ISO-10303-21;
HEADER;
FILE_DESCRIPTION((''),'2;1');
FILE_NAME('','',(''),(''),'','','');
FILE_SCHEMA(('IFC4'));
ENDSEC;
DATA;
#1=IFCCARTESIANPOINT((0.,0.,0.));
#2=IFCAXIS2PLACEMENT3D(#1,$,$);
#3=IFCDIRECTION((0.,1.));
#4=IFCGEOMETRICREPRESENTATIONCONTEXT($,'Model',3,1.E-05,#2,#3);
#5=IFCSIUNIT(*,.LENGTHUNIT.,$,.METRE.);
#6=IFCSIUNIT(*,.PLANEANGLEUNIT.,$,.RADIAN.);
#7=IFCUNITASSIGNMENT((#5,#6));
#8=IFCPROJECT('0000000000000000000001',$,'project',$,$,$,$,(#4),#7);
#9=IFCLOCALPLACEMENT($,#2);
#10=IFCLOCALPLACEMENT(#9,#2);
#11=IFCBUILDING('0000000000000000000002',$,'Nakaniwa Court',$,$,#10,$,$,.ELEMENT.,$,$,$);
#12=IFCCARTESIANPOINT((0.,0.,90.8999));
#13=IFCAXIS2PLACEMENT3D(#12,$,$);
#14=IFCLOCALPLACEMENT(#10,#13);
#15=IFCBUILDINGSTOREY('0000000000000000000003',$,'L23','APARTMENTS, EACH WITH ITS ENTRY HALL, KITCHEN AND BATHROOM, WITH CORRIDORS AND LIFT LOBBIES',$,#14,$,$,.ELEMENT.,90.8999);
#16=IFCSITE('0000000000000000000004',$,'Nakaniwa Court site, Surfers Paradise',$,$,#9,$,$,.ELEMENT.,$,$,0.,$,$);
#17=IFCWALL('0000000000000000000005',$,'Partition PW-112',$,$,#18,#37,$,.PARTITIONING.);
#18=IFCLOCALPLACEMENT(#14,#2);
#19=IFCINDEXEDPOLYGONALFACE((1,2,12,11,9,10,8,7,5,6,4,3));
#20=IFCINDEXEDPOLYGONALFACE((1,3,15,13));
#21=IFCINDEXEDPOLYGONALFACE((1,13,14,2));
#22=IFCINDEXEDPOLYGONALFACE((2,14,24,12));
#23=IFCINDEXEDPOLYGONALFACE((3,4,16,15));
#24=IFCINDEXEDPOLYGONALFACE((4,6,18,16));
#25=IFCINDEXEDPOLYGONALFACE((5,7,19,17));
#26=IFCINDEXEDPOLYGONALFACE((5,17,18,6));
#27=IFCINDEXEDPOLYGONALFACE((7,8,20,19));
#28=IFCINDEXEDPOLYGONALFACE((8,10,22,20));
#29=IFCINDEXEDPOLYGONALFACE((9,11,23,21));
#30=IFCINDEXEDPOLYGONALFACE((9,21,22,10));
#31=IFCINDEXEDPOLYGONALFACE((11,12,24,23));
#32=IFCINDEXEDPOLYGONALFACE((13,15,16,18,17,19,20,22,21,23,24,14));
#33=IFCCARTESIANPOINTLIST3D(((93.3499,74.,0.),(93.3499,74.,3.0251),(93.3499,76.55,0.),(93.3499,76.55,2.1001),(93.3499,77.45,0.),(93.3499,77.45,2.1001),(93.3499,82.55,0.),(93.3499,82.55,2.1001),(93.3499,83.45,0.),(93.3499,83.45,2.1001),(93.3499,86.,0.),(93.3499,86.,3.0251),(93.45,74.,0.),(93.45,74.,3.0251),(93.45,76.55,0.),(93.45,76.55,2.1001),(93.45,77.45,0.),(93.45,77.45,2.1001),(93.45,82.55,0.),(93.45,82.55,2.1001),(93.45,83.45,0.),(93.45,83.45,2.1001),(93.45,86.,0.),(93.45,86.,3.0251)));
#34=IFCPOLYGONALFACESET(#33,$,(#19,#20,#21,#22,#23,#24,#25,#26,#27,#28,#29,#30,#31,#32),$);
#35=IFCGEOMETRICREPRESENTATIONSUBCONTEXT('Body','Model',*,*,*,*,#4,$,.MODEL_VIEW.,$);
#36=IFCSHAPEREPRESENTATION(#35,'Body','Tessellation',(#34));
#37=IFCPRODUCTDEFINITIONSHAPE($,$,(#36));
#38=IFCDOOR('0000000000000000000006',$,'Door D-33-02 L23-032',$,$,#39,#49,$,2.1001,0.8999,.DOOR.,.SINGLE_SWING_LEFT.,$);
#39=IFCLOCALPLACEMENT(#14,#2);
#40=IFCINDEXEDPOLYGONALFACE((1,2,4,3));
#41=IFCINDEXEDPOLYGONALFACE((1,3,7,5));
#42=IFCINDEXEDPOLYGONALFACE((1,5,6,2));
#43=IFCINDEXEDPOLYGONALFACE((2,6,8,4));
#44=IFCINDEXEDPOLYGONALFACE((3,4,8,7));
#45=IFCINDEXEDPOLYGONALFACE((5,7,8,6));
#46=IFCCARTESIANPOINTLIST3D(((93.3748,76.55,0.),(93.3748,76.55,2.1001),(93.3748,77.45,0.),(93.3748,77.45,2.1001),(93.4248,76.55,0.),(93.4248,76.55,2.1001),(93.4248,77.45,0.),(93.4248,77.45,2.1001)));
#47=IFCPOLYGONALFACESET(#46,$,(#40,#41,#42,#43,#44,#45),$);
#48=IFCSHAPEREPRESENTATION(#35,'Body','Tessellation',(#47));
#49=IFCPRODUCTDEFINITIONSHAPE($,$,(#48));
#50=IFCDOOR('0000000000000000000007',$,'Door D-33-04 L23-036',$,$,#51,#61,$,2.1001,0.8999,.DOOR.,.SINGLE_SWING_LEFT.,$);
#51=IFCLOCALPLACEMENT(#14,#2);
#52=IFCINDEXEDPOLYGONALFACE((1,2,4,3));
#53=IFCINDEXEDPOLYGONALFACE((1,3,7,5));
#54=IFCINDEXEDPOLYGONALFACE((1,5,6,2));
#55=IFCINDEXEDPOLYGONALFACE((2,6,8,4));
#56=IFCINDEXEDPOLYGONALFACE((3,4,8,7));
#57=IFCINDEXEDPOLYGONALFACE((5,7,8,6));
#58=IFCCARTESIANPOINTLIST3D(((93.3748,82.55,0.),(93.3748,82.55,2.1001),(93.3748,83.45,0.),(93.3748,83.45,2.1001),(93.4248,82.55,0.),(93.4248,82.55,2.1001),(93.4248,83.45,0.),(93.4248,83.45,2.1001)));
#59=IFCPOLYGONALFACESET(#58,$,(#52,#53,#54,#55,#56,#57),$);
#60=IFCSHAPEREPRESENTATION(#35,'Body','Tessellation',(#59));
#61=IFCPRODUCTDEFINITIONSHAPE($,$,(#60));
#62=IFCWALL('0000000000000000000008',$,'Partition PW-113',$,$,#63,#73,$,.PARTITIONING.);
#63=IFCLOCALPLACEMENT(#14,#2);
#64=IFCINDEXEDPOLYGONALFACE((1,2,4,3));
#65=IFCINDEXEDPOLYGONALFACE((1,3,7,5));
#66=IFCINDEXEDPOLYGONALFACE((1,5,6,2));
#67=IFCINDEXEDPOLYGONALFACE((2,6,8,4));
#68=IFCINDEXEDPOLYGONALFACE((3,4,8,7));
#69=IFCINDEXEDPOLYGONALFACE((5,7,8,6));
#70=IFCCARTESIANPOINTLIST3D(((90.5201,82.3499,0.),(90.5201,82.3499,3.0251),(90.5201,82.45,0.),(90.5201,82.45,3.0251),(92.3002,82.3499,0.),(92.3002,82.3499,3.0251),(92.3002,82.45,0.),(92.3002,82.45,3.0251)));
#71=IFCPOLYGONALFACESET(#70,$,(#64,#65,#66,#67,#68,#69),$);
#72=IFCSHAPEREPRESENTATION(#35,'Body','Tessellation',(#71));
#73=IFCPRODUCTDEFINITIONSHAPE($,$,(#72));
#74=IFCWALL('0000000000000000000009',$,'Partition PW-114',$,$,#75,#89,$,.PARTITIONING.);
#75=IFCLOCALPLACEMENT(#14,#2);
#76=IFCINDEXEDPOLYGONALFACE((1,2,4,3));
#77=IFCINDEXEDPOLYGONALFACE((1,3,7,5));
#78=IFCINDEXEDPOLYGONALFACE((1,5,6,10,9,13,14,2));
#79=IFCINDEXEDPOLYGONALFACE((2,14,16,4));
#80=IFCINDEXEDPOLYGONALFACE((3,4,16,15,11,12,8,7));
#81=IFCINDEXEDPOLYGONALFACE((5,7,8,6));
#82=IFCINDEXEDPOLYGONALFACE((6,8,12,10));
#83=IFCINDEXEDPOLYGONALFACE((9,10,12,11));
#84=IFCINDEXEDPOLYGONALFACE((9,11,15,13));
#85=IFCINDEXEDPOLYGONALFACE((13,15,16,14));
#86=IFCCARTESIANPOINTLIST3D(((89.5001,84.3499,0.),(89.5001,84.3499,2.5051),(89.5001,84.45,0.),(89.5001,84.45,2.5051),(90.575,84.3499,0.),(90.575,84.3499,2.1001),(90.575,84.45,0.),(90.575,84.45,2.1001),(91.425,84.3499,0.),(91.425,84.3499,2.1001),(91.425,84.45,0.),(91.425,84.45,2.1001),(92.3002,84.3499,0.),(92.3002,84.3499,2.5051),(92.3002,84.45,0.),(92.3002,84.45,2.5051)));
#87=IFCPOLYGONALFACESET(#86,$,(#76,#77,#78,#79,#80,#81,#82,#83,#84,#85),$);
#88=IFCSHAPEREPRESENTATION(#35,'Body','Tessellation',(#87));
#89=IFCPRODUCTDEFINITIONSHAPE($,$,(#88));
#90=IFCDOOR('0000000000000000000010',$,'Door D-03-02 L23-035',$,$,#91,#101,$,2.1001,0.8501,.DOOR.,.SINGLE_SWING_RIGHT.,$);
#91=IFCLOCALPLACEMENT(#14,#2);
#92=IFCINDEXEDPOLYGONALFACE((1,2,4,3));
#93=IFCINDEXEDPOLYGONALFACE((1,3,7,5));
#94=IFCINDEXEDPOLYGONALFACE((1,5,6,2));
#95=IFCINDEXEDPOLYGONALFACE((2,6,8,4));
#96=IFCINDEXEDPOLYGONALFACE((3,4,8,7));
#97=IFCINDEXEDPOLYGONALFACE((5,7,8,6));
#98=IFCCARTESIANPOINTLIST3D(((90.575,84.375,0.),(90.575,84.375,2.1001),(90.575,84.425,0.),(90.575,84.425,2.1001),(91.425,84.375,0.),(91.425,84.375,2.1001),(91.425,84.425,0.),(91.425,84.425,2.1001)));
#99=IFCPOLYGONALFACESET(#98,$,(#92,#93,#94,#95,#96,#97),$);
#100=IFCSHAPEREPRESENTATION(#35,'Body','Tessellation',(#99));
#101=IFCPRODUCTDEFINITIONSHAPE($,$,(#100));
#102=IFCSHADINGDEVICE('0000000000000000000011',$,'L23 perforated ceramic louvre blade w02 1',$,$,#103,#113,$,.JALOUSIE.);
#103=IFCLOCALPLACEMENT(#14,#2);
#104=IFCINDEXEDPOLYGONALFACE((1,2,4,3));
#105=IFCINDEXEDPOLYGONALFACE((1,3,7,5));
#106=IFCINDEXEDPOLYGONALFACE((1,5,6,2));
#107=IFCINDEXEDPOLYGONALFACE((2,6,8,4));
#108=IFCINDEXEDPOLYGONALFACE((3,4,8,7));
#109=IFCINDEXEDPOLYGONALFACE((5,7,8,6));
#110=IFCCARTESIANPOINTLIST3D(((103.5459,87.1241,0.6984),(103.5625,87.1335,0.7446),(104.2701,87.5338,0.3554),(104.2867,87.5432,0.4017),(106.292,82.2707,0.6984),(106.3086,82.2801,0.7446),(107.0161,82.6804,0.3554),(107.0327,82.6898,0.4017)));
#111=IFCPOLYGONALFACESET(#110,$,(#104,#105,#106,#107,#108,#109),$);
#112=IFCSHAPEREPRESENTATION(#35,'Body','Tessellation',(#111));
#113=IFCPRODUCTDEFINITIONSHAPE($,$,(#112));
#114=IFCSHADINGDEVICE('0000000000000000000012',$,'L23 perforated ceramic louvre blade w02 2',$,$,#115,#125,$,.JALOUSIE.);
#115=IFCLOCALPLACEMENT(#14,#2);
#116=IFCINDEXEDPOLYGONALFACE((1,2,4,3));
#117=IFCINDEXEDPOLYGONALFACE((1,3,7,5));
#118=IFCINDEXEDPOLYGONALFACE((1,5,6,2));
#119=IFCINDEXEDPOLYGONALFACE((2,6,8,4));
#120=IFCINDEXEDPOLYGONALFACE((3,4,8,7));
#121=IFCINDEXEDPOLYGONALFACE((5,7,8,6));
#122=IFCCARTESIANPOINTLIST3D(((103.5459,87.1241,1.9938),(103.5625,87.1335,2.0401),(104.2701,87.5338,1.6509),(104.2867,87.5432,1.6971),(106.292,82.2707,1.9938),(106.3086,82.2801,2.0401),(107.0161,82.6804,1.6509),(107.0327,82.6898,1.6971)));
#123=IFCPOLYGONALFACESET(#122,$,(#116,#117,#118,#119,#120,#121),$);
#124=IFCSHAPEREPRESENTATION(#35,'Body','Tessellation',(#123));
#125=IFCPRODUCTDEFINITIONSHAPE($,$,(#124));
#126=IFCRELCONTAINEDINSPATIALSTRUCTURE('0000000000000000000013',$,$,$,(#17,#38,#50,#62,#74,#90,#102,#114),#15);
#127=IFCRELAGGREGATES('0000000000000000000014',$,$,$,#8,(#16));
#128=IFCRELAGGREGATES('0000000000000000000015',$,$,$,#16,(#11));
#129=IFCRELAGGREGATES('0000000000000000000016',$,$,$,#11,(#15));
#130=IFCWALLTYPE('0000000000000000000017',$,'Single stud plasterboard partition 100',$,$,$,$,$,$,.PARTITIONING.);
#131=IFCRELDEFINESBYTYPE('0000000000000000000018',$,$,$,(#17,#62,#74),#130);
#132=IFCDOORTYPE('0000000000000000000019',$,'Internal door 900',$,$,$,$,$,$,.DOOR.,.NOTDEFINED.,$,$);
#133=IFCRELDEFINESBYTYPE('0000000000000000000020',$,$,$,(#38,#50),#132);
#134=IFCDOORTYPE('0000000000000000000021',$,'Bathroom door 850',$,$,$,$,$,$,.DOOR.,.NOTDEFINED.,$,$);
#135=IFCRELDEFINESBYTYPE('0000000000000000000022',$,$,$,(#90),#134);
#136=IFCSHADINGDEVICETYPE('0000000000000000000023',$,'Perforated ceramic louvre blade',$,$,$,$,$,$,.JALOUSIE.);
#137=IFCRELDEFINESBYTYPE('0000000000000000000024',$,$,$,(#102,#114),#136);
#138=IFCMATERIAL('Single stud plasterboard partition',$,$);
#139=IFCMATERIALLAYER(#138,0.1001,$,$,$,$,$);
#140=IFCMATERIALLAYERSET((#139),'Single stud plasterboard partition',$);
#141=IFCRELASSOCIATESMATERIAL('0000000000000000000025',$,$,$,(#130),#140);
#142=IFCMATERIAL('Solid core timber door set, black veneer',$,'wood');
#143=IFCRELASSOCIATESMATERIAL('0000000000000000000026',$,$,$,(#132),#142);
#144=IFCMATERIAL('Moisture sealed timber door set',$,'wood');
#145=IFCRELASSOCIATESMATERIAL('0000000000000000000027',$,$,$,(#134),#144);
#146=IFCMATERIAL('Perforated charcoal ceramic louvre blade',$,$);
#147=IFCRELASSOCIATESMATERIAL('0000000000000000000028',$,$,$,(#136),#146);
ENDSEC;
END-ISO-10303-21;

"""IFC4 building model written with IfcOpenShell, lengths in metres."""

from ifc_helpers import new_model, si_unit, direction, frame, frame_2d, origin, origin_2d, place, context, subcontext, project, spatial, rectangle, extrude, material, layer, layer_set, material_profile, profile_set, type_object, element, fill, save


model = new_model("IFC4")

# Units and contexts
model_context = context("Model", 3, precision=1e-05, world=origin(), true_north=direction((0.0, 1.0)))
body_context = subcontext(model_context, "Body", "Model", "MODEL_VIEW")
ifc_project = project(units=[si_unit("LENGTHUNIT", "METRE"), si_unit("PLANEANGLEUNIT", "RADIAN")], contexts=[model_context])

# Site, building, storey
site_placement = place(None, origin())
site = spatial("IfcSite", under=ifc_project, at=site_placement, Name="Nakaniwa Court site, Surfers Paradise", CompositionType="ELEMENT", RefElevation=0.0)
building_placement = place(site_placement, origin())
building = spatial("IfcBuilding", under=site, at=building_placement, Name="Nakaniwa Court", CompositionType="ELEMENT")
storey_placement = place(building_placement, frame((0.0, 0.0, 90.8999)))
storey = spatial("IfcBuildingStorey", under=building, at=storey_placement, Name="L23", Description="APARTMENTS, EACH WITH ITS ENTRY HALL, KITCHEN AND BATHROOM, WITH CORRIDORS AND LIFT LOBBIES", CompositionType="ELEMENT", Elevation=90.8999)

# Wall, openings, doors
ifc_material_1 = material(Name="Single stud plasterboard partition")
ifc_layer_1 = layer(ifc_material_1, 0.1001)
ifc_layer_set_1 = layer_set([ifc_layer_1], Name="Single stud plasterboard partition")
wall_type_1 = type_object("IfcWallType", Name="Single stud plasterboard partition 100", PredefinedType="PARTITIONING", material=ifc_layer_set_1)
wall_1_placement = place(storey_placement, frame((93.3999, 86.0, 0.0), z_axis=(0.0, 0.0, 1.0), x_axis=(0.0, -1.0, 0.0)))
wall_1 = element("IfcWall", 1, at=wall_1_placement, inside=storey, type_object=wall_type_1, Name="Partition PW-112", PredefinedType="PARTITIONING", context=body_context, shape_type="SweptSolid", body=[
    extrude(rectangle(XDim=12.0, YDim=0.1001, at=frame_2d((6.0, 0.0))), origin(), (0.0, 0.0, 1.0), 3.0251),
])
opening_1_placement = place(wall_1_placement, frame((8.55, 0.0, 0.0)))
opening_1 = element("IfcOpeningElement", 2, at=opening_1_placement, cuts=wall_1, PredefinedType="OPENING", context=body_context, shape_type="SweptSolid", body=[
    extrude(rectangle(XDim=0.8999, YDim=2.1001, at=frame_2d((0.45, 1.05))), frame((0.0, 0.0601, 0.0), z_axis=(0.0, -1.0, 0.0), x_axis=(1.0, 0.0, 0.0)), (0.0, 0.0, 1.0), 0.1201),
])
opening_2_placement = place(wall_1_placement, frame((2.55, 0.0, 0.0)))
opening_2 = element("IfcOpeningElement", 3, at=opening_2_placement, cuts=wall_1, PredefinedType="OPENING", context=body_context, shape_type="SweptSolid", body=[
    extrude(rectangle(XDim=0.8999, YDim=2.1001, at=frame_2d((0.45, 1.05))), frame((0.0, 0.0601, 0.0), z_axis=(0.0, -1.0, 0.0), x_axis=(1.0, 0.0, 0.0)), (0.0, 0.0, 1.0), 0.1201),
])
ifc_material_2 = material(Name="Solid core timber door set, black veneer", Category="wood")
door_type_1 = type_object("IfcDoorType", Name="Internal door 900", OperationType="NOTDEFINED", PredefinedType="DOOR", material=ifc_material_2)
door_1_placement = place(opening_1_placement, origin())
door_1 = element("IfcDoor", 4, at=door_1_placement, inside=storey, type_object=door_type_1, Name="Door D-33-02 L23-032", OperationType="SINGLE_SWING_LEFT", OverallHeight=2.1001, OverallWidth=0.8999, PredefinedType="DOOR", context=body_context, shape_type="SweptSolid", body=[
    extrude(rectangle(XDim=0.8999, YDim=2.1001, at=frame_2d((0.45, 1.05))), frame((0.0, 0.0249, 0.0), z_axis=(0.0, -1.0, 0.0), x_axis=(1.0, 0.0, 0.0)), (0.0, 0.0, 1.0), 0.05),
])
fill(opening_1, door_1)
door_2_placement = place(opening_2_placement, origin())
door_2 = element("IfcDoor", 5, at=door_2_placement, inside=storey, type_object=door_type_1, Name="Door D-33-04 L23-036", OperationType="SINGLE_SWING_LEFT", OverallHeight=2.1001, OverallWidth=0.8999, PredefinedType="DOOR", context=body_context, shape_type="SweptSolid", body=[
    extrude(rectangle(XDim=0.8999, YDim=2.1001, at=frame_2d((0.45, 1.05))), frame((0.0, 0.0249, 0.0), z_axis=(0.0, -1.0, 0.0), x_axis=(1.0, 0.0, 0.0)), (0.0, 0.0, 1.0), 0.05),
])
fill(opening_2, door_2)

# Wall
wall_2_placement = place(storey_placement, frame((90.52, 82.3999, 0.0), z_axis=(0.0, 0.0, 1.0), x_axis=(1.0, 0.0, 0.0)))
element("IfcWall", 6, at=wall_2_placement, inside=storey, type_object=wall_type_1, Name="Partition PW-113", PredefinedType="PARTITIONING", context=body_context, shape_type="SweptSolid", body=[
    extrude(rectangle(XDim=1.78, YDim=0.1001, at=frame_2d((0.8901, 0.0))), origin(), (0.0, 0.0, 1.0), 3.0251),
])

# Wall, opening, door
wall_3_placement = place(storey_placement, frame((92.3, 84.3999, 0.0), z_axis=(0.0, 0.0, 1.0), x_axis=(-1.0, 0.0, 0.0)))
wall_3 = element("IfcWall", 7, at=wall_3_placement, inside=storey, type_object=wall_type_1, Name="Partition PW-114", PredefinedType="PARTITIONING", context=body_context, shape_type="SweptSolid", body=[
    extrude(rectangle(XDim=2.8, YDim=0.1001, at=frame_2d((1.3999, 0.0))), origin(), (0.0, 0.0, 1.0), 2.5051),
])
opening_3_placement = place(wall_3_placement, frame((0.875, 0.0, 0.0)))
opening_3 = element("IfcOpeningElement", 8, at=opening_3_placement, cuts=wall_3, PredefinedType="OPENING", context=body_context, shape_type="SweptSolid", body=[
    extrude(rectangle(XDim=0.8501, YDim=2.1001, at=frame_2d((0.425, 1.05))), frame((0.0, 0.0601, 0.0), z_axis=(0.0, -1.0, 0.0), x_axis=(1.0, 0.0, 0.0)), (0.0, 0.0, 1.0), 0.1201),
])
ifc_material_3 = material(Name="Moisture sealed timber door set", Category="wood")
door_type_2 = type_object("IfcDoorType", Name="Bathroom door 850", OperationType="NOTDEFINED", PredefinedType="DOOR", material=ifc_material_3)
door_3_placement = place(opening_3_placement, origin())
door_3 = element("IfcDoor", 9, at=door_3_placement, inside=storey, type_object=door_type_2, Name="Door D-03-02 L23-035", OperationType="SINGLE_SWING_RIGHT", OverallHeight=2.1001, OverallWidth=0.8501, PredefinedType="DOOR", context=body_context, shape_type="SweptSolid", body=[
    extrude(rectangle(XDim=0.8501, YDim=2.1001, at=frame_2d((0.425, 1.05))), frame((0.0, 0.0249, 0.0), z_axis=(0.0, -1.0, 0.0), x_axis=(1.0, 0.0, 0.0)), (0.0, 0.0, 1.0), 0.05),
])
fill(opening_3, door_3)

# Shading devices
ifc_material_4 = material(Name="Perforated charcoal ceramic louvre blade")
ifc_material_profile_1 = material_profile(ifc_material_4, rectangle(XDim=0.8999, YDim=0.05, at=origin_2d()), Name="Perforated ceramic louvre blade")
ifc_profile_set_1 = profile_set([ifc_material_profile_1], Name="Perforated charcoal ceramic louvre blade")
shading_device_type = type_object("IfcShadingDeviceType", Name="Perforated ceramic louvre blade", PredefinedType="JALOUSIE", material=ifc_profile_set_1)
for number, where, z_axis, x_axis, name in (
    (10, (106.6624, 82.4802, 0.55), (-0.492438, 0.870347, 0.0), (-0.804676, -0.455282, 0.38107), "L23 perforated ceramic louvre blade w02 1"),
    (11, (106.6624, 82.4802, 1.8455), (-0.492438, 0.870347, 0.0), (-0.804676, -0.455282, 0.38107), "L23 perforated ceramic louvre blade w02 2"),
):
    element("IfcShadingDevice", number, at=place(storey_placement, frame(where, z_axis=z_axis, x_axis=x_axis)), inside=storey, type_object=shading_device_type, Name=name, PredefinedType="JALOUSIE", context=body_context, shape_type="SweptSolid", body=[
        extrude(rectangle(XDim=0.8999, YDim=0.05, at=origin_2d()), origin(), (0.0, 0.0, 1.0), 5.5764),
    ])

save(model, "model.ifc")
